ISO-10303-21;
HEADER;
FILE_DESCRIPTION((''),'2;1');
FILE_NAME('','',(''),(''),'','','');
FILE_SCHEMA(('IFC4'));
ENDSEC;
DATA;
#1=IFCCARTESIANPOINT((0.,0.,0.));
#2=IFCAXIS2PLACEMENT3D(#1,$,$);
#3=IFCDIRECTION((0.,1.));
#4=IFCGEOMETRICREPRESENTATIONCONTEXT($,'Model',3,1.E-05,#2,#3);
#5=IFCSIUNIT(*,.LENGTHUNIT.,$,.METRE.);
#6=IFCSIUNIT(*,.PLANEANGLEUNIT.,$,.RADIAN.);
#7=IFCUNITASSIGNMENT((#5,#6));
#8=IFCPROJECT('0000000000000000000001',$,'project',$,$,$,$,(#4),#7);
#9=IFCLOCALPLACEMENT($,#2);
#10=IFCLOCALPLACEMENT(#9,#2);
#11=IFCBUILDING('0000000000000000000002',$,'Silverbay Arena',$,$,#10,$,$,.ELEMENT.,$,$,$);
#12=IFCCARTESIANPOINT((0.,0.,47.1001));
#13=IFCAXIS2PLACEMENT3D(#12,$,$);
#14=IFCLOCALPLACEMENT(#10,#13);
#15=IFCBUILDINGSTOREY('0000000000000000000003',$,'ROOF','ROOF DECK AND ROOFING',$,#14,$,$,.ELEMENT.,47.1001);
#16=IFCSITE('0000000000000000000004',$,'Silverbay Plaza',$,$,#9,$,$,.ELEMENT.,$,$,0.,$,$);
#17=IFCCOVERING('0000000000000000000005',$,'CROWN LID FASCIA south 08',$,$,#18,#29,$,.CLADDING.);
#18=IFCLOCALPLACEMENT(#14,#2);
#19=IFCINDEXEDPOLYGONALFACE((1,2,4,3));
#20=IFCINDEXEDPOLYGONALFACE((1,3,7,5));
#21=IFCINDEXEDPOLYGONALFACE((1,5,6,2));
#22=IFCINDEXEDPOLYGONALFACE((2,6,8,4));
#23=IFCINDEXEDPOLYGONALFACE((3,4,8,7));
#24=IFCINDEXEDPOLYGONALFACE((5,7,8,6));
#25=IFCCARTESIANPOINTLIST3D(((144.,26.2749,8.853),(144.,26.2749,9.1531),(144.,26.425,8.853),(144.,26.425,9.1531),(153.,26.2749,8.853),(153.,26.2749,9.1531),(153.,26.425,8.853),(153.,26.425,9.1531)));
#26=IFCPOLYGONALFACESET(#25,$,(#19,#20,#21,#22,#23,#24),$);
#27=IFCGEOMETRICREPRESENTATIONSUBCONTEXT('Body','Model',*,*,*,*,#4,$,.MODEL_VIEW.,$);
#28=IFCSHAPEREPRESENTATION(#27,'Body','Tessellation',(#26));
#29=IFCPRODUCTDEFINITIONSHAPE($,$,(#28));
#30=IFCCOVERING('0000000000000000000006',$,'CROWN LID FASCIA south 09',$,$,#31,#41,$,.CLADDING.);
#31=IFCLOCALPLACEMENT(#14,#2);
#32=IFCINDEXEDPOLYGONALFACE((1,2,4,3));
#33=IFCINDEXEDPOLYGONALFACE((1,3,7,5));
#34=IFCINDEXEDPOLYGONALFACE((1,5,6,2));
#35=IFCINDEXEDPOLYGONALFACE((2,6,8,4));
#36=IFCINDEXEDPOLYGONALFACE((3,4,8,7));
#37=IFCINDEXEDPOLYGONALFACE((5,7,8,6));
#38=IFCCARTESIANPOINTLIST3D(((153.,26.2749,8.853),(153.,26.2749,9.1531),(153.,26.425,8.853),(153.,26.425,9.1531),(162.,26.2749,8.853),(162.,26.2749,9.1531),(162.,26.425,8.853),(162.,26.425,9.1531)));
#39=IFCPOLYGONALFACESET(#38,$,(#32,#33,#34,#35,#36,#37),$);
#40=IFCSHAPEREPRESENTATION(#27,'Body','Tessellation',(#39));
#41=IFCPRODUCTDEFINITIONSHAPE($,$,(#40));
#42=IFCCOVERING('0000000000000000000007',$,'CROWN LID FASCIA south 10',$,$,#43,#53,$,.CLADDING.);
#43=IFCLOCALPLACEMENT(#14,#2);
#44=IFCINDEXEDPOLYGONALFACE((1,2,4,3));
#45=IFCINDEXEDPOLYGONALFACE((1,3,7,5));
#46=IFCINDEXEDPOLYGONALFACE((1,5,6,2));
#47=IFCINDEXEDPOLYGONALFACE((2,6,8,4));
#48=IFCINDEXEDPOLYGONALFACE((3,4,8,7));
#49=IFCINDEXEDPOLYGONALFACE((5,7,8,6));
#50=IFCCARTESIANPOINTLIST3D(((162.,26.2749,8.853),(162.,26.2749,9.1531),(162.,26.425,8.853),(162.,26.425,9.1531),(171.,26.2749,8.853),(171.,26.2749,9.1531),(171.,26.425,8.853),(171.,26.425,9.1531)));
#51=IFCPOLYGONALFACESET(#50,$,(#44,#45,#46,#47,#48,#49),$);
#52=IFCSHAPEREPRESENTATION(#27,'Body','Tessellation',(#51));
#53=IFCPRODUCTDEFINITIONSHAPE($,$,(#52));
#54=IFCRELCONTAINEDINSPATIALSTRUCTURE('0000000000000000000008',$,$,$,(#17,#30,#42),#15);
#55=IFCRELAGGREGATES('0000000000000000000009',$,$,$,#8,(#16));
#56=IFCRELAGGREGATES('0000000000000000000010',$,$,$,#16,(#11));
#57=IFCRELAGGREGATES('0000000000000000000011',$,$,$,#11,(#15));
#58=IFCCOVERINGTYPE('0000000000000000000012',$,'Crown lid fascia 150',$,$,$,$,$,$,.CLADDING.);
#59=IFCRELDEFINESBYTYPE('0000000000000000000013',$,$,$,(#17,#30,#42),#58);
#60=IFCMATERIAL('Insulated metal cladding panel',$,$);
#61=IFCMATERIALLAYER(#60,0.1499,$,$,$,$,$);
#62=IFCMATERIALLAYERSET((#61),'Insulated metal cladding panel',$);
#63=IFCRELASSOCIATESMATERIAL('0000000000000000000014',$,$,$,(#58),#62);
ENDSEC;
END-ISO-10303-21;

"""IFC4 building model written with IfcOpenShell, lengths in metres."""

from ifc_helpers import new_model, si_unit, direction, frame, origin, place, context, subcontext, project, spatial, polyline, outline, extrude, material, layer, layer_set, type_object, element, save


model = new_model("IFC4")

# Units and contexts
model_context = context("Model", 3, precision=1e-05, world=origin(), true_north=direction((0.0, 1.0)))
body_context = subcontext(model_context, "Body", "Model", "MODEL_VIEW")
ifc_project = project(units=[si_unit("LENGTHUNIT", "METRE"), si_unit("PLANEANGLEUNIT", "RADIAN")], contexts=[model_context])

# Site, building, storey
site_placement = place(None, origin())
site = spatial("IfcSite", under=ifc_project, at=site_placement, Name="Silverbay Plaza", CompositionType="ELEMENT", RefElevation=0.0)
building_placement = place(site_placement, origin())
building = spatial("IfcBuilding", under=site, at=building_placement, Name="Silverbay Arena", CompositionType="ELEMENT")
storey_placement = place(building_placement, frame((0.0, 0.0, 47.1001)))
storey = spatial("IfcBuildingStorey", under=building, at=storey_placement, Name="ROOF", Description="ROOF DECK AND ROOFING", CompositionType="ELEMENT", Elevation=47.1001)

# Coverings
ifc_material_1 = material(Name="Insulated metal cladding panel")
ifc_layer_1 = layer(ifc_material_1, 0.1499)
ifc_layer_set_1 = layer_set([ifc_layer_1], Name="Insulated metal cladding panel")
covering_type_1 = type_object("IfcCoveringType", Name="Crown lid fascia 150", PredefinedType="CLADDING", material=ifc_layer_set_1)
covering_1_placement = place(storey_placement, frame((0.0, 0.0, 8.853)))
element("IfcCovering", 1, at=covering_1_placement, inside=storey, type_object=covering_type_1, Name="CROWN LID FASCIA south 08", PredefinedType="CLADDING", context=body_context, shape_type="SweptSolid", body=[
    extrude(outline(polyline([(144.0, 26.2749), (153.0, 26.2749), (153.0, 26.425), (144.0, 26.425), (144.0, 26.2749)])), origin(), (0.0, 0.0, 1.0), 0.3),
])
covering_2_placement = place(storey_placement, frame((0.0, 0.0, 8.853)))
element("IfcCovering", 2, at=covering_2_placement, inside=storey, type_object=covering_type_1, Name="CROWN LID FASCIA south 09", PredefinedType="CLADDING", context=body_context, shape_type="SweptSolid", body=[
    extrude(outline(polyline([(153.0, 26.2749), (162.0, 26.2749), (162.0, 26.425), (153.0, 26.425), (153.0, 26.2749)])), origin(), (0.0, 0.0, 1.0), 0.3),
])
covering_3_placement = place(storey_placement, frame((0.0, 0.0, 8.853)))
element("IfcCovering", 3, at=covering_3_placement, inside=storey, type_object=covering_type_1, Name="CROWN LID FASCIA south 10", PredefinedType="CLADDING", context=body_context, shape_type="SweptSolid", body=[
    extrude(outline(polyline([(162.0, 26.2749), (171.0, 26.2749), (171.0, 26.425), (162.0, 26.425), (162.0, 26.2749)])), origin(), (0.0, 0.0, 1.0), 0.3),
])

save(model, "model.ifc")
